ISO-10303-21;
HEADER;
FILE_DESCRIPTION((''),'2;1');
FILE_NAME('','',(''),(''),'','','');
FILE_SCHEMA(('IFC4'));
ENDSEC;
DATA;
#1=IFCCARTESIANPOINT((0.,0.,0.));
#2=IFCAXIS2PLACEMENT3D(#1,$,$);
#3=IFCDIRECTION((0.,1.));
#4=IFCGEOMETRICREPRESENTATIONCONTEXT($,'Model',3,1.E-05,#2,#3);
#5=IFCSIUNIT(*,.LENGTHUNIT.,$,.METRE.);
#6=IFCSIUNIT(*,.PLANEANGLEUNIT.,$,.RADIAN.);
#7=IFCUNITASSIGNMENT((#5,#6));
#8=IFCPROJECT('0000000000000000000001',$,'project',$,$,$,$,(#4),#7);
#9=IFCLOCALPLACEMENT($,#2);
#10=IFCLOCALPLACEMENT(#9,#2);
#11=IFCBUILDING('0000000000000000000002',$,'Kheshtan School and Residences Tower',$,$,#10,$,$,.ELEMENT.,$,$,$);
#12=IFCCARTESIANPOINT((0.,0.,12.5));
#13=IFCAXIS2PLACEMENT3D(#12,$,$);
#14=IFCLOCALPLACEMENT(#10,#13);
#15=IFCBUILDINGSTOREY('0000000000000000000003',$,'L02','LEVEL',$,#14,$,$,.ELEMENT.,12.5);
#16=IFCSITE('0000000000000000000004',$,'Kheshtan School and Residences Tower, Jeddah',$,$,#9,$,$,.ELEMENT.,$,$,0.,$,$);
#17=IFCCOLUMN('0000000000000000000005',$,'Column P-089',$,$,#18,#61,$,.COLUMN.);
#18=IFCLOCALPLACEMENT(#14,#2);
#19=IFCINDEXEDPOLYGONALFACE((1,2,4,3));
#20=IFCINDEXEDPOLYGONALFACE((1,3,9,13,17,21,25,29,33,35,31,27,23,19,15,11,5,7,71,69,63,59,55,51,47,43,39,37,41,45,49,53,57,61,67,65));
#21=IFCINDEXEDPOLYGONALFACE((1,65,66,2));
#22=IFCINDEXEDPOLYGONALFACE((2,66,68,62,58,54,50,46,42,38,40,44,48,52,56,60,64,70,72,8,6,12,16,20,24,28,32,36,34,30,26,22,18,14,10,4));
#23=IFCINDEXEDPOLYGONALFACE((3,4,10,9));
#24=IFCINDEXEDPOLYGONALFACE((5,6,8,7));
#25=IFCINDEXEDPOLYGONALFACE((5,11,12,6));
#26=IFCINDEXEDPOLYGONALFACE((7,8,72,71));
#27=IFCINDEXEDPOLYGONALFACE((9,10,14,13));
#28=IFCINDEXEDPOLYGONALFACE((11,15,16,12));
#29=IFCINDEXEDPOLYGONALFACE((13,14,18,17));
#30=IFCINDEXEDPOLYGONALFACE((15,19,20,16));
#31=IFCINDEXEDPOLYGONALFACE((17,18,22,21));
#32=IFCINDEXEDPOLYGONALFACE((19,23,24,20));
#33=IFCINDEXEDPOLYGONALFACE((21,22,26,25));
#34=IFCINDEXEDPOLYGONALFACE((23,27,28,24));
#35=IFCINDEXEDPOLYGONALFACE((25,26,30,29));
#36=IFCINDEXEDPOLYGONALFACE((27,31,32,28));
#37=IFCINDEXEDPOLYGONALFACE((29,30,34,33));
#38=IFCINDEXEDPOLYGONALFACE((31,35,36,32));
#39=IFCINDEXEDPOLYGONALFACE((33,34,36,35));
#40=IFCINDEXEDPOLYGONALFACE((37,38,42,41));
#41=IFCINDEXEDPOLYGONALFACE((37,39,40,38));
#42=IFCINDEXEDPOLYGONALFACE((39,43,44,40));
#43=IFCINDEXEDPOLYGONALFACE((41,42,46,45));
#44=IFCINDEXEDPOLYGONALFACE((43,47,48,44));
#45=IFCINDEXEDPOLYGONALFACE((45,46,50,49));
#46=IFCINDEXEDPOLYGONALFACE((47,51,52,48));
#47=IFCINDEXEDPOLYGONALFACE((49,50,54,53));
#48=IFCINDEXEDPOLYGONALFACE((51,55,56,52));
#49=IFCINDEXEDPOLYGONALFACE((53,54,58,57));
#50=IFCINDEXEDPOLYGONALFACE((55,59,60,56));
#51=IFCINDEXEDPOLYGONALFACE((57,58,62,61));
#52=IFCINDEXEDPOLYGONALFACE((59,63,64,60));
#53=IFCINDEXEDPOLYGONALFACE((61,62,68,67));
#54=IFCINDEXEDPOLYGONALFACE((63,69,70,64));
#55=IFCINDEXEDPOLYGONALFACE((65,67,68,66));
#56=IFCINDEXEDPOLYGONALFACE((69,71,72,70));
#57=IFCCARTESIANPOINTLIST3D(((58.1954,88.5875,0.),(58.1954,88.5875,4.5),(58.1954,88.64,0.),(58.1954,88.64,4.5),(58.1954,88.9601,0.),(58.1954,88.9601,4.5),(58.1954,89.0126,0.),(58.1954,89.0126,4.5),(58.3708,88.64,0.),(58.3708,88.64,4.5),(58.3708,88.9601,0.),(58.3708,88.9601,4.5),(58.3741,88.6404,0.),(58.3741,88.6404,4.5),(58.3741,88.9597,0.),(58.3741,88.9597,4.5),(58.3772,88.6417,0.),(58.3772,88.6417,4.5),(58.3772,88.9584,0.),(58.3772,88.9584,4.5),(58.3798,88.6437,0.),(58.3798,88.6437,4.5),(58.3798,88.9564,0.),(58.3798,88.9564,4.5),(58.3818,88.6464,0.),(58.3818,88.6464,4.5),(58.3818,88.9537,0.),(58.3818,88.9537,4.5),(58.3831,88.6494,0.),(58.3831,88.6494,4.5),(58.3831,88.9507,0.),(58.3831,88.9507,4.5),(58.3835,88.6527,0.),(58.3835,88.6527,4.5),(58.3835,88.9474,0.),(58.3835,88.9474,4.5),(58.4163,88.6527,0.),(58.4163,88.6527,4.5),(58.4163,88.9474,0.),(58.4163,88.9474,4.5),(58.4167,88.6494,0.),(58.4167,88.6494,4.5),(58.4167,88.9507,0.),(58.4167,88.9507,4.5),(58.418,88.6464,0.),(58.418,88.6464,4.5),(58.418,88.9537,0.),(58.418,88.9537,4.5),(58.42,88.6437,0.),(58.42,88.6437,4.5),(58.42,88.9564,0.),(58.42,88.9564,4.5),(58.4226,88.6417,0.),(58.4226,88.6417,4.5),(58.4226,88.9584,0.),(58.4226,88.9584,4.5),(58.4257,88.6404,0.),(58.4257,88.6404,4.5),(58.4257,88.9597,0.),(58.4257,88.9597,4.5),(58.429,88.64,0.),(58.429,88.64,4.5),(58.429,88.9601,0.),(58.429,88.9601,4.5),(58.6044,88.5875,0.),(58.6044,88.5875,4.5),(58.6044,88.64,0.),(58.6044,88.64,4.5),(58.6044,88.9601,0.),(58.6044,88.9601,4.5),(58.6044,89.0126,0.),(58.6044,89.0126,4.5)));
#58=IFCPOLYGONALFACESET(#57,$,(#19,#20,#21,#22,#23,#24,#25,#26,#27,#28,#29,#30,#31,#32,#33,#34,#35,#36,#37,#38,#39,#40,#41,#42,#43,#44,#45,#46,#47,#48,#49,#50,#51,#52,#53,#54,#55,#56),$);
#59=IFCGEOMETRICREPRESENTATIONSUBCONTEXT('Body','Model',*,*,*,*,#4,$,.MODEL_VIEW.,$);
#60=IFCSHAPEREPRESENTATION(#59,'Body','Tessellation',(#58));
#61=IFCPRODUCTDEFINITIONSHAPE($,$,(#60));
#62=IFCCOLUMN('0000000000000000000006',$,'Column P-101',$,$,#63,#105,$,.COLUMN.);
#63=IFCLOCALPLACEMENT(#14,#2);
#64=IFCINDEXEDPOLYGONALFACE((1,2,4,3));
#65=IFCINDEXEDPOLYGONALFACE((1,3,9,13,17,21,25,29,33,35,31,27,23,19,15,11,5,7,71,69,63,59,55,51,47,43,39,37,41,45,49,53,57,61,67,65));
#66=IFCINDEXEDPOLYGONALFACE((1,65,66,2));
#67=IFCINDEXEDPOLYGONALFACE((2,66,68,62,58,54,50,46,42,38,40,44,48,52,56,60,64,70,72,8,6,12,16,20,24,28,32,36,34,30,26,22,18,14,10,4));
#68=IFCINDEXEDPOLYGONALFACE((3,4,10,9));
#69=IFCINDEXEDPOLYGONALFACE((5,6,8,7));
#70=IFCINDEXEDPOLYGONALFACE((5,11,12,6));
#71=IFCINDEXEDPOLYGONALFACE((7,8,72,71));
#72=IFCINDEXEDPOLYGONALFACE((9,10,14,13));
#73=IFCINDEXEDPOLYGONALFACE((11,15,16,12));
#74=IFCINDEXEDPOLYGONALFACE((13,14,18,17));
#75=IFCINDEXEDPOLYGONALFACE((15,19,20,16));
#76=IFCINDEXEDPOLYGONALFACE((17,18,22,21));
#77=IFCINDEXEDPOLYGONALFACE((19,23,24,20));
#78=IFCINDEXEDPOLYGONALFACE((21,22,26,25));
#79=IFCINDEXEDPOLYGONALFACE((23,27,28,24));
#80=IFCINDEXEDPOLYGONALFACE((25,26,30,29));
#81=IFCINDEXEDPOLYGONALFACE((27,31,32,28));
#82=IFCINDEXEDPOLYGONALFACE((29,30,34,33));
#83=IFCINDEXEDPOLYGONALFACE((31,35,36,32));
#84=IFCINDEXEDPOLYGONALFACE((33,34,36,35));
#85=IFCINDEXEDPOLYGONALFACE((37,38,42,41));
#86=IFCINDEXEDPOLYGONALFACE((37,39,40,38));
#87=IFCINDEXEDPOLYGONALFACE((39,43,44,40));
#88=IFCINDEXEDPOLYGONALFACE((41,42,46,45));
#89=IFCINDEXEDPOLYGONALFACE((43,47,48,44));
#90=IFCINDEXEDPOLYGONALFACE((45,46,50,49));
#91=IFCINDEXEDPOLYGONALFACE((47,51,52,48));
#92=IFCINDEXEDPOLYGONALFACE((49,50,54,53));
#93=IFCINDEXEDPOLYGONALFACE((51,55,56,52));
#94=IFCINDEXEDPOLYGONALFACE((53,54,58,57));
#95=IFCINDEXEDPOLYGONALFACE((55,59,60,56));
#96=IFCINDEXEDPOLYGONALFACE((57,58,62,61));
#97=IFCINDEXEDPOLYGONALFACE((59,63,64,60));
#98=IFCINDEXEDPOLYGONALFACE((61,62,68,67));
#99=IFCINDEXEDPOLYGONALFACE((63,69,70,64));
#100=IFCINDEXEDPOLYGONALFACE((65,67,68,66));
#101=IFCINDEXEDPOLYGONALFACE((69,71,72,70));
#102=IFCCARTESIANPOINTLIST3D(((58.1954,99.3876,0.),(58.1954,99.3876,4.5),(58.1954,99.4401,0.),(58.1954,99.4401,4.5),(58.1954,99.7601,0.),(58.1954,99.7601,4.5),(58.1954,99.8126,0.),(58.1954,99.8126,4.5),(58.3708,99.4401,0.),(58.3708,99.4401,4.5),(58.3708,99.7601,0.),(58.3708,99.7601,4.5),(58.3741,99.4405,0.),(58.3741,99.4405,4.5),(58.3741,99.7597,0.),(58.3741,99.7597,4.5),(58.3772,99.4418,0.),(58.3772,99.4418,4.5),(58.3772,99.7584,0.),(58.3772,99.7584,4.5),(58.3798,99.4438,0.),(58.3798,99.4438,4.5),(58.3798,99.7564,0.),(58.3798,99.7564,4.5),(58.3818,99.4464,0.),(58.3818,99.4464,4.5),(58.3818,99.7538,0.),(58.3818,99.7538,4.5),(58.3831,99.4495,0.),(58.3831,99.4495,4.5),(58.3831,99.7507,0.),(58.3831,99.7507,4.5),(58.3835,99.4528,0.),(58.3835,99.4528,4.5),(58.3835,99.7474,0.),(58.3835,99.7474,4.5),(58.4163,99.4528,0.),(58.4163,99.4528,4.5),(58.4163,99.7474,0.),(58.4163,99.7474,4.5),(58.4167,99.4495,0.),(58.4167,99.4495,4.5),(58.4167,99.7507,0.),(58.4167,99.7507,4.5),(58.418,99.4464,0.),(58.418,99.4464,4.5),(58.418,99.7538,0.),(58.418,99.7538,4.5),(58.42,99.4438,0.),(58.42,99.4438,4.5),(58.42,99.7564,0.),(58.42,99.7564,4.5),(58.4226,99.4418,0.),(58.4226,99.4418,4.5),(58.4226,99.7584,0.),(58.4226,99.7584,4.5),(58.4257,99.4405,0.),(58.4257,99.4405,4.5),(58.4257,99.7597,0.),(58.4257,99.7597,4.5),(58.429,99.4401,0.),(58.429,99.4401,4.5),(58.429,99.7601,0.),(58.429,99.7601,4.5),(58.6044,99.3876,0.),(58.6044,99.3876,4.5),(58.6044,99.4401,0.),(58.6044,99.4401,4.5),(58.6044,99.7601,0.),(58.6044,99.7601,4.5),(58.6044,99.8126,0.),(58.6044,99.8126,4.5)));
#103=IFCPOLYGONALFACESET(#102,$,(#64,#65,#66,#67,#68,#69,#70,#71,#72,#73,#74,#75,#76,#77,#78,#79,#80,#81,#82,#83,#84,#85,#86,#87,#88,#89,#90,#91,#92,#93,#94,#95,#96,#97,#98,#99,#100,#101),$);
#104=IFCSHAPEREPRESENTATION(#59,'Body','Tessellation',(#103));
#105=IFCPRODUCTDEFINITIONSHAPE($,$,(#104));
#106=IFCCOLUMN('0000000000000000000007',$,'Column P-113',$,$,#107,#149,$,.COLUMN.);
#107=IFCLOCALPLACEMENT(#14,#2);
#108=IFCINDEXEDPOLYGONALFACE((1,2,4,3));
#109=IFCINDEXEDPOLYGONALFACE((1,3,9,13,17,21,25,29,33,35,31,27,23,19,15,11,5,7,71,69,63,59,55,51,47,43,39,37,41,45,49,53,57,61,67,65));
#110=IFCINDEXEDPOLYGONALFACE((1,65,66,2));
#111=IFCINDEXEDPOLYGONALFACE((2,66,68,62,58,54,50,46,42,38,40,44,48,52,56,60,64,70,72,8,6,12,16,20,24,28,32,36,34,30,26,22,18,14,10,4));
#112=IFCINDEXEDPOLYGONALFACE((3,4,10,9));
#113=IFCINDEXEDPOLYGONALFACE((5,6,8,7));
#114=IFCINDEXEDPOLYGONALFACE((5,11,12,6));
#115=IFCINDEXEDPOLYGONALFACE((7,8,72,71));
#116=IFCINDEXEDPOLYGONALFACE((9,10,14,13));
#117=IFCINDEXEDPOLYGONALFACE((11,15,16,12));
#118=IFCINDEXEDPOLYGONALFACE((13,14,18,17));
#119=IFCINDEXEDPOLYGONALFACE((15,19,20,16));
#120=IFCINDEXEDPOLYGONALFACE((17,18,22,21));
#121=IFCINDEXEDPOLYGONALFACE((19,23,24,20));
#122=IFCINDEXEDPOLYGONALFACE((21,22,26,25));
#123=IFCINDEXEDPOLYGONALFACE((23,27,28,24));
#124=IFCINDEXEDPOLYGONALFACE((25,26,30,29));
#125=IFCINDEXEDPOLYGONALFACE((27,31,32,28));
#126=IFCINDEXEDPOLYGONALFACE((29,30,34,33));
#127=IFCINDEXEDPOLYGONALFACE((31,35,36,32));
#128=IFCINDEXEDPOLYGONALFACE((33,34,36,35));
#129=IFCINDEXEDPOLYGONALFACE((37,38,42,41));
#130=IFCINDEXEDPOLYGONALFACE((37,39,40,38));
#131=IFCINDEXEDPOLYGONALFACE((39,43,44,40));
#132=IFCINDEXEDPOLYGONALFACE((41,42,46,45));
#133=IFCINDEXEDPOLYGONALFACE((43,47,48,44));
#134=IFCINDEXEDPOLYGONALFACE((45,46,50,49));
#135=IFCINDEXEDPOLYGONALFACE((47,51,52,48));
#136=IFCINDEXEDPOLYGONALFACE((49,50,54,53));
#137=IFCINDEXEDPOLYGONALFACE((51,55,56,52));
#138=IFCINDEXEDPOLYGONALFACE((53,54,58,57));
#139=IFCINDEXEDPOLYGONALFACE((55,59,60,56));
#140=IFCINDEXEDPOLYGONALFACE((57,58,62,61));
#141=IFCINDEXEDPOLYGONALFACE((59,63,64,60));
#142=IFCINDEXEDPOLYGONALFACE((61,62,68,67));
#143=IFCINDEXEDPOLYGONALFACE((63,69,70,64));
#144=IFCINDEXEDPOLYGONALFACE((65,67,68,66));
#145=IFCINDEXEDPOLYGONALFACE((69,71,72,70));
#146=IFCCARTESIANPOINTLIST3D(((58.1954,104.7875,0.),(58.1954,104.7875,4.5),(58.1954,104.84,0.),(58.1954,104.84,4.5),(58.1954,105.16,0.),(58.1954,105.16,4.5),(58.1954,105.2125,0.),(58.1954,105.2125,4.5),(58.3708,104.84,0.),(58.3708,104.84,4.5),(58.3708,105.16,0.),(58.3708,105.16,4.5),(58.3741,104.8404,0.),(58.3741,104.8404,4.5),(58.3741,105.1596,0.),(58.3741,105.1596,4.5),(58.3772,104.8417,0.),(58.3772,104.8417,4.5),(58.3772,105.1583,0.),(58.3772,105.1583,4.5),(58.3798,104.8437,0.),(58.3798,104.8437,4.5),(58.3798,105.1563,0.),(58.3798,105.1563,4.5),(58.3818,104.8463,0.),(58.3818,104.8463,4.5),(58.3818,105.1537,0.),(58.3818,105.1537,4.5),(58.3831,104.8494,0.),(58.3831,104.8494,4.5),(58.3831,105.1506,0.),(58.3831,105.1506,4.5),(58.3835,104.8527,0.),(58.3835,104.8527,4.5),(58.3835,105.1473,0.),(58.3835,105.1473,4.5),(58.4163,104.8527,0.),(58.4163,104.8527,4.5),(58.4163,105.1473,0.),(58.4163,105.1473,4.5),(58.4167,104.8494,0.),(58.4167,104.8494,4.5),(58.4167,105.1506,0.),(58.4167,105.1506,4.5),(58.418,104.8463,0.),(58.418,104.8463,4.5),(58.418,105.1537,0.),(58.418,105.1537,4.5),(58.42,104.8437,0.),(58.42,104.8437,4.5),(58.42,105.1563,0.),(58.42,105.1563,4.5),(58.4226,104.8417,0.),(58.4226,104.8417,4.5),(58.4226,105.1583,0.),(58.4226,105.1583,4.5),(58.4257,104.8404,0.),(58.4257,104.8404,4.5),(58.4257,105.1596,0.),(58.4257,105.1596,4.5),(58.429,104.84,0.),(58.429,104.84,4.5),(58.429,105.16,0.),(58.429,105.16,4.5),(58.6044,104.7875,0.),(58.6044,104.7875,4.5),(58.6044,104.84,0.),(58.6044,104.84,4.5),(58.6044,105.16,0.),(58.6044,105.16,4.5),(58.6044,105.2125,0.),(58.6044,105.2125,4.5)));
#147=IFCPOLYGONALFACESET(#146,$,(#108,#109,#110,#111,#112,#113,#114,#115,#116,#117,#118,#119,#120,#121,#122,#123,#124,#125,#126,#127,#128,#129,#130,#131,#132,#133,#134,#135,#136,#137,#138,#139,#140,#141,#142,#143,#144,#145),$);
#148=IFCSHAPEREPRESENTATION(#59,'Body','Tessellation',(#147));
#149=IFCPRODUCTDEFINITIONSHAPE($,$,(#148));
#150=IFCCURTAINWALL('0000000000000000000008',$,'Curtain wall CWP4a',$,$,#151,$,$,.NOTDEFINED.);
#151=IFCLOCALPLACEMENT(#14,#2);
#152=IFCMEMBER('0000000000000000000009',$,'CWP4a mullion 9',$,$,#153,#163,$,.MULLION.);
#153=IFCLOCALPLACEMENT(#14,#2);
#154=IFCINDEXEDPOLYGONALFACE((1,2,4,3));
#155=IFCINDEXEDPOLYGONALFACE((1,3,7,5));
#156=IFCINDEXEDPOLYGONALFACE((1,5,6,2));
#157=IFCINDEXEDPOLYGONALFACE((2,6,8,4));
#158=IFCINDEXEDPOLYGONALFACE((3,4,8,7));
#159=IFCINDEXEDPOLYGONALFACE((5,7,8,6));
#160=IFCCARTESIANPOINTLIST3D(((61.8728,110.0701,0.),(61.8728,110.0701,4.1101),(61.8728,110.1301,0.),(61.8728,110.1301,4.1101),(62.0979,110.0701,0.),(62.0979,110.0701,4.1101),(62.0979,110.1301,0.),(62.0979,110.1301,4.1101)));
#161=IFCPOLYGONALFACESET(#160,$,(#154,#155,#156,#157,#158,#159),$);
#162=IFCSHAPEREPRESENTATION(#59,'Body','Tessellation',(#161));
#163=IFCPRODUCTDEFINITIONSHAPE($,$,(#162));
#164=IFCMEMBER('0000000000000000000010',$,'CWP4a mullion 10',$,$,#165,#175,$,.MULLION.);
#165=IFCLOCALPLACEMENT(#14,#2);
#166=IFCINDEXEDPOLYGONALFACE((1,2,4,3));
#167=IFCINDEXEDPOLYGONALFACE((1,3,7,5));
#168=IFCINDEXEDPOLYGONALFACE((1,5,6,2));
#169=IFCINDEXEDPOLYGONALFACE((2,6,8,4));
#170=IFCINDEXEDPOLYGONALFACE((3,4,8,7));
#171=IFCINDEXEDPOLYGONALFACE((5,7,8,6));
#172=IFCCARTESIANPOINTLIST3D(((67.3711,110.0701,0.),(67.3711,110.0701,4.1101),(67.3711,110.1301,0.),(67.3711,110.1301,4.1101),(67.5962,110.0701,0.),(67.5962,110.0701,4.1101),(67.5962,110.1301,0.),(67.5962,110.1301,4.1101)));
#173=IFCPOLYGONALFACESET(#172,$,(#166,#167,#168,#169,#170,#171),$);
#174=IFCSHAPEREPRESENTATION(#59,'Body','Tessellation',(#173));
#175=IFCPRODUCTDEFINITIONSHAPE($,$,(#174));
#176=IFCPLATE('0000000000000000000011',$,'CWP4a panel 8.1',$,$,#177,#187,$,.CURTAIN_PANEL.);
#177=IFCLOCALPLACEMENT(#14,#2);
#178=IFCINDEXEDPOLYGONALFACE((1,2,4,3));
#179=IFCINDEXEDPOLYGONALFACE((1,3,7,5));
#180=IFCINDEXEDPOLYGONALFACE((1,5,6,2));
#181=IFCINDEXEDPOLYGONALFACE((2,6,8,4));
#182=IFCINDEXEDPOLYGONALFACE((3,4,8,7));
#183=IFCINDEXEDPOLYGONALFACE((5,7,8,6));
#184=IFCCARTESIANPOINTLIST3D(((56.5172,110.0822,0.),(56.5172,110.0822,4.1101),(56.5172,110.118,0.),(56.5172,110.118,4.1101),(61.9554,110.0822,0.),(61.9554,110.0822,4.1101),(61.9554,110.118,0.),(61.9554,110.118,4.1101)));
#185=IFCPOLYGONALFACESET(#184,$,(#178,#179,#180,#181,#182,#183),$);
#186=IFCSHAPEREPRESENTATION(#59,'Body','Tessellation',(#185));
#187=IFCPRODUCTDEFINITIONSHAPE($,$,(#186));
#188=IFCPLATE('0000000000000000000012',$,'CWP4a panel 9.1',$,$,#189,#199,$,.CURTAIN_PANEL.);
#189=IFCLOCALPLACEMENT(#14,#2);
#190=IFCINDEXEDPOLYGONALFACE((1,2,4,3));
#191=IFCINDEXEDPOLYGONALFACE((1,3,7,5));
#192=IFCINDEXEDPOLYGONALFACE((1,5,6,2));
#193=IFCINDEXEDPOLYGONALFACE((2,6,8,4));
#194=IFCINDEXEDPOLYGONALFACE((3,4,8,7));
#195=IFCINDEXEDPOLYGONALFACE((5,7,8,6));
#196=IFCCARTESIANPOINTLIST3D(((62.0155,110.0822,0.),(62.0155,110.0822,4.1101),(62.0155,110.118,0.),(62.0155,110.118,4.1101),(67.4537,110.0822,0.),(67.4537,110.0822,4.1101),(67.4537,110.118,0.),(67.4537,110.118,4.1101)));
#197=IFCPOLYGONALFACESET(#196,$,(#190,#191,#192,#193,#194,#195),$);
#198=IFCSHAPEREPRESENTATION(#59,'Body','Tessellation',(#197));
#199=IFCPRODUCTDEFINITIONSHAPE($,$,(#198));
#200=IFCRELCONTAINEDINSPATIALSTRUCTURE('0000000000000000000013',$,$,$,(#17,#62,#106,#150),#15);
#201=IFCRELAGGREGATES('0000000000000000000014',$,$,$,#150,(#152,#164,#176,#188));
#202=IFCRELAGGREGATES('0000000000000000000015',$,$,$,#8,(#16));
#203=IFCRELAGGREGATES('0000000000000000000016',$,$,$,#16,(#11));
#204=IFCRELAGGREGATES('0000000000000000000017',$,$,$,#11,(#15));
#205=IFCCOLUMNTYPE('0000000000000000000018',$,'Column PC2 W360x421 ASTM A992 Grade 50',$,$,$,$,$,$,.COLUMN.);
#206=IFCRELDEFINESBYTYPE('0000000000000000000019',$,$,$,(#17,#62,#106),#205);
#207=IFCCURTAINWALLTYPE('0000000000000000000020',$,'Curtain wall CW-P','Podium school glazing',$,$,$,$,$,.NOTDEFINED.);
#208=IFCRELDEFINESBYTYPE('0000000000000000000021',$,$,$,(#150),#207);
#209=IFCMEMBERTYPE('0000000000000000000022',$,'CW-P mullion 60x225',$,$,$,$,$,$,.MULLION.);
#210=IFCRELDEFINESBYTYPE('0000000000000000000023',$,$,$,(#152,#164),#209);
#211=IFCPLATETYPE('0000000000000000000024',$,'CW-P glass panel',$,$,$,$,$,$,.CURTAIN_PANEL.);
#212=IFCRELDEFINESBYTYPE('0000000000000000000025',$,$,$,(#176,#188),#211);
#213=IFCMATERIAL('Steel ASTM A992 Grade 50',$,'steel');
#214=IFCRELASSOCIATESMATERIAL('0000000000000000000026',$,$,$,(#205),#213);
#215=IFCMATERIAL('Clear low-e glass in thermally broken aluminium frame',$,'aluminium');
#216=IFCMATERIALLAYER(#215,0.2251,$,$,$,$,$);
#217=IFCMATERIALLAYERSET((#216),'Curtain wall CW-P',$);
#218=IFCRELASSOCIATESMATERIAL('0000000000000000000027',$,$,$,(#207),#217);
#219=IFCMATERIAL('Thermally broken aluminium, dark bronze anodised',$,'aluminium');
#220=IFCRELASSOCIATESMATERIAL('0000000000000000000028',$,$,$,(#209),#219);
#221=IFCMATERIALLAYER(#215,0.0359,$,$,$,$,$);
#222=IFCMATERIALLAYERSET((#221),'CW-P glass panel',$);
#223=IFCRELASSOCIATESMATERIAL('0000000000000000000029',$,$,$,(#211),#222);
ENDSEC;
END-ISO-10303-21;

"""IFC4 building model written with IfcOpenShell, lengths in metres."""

from ifc_helpers import new_model, si_unit, direction, frame, origin, origin_2d, place, context, subcontext, project, spatial, rectangle, i_section, extrude, material, layer, layer_set, material_profile, profile_set, type_object, element, aggregate, save


model = new_model("IFC4")

# Units and contexts
model_context = context("Model", 3, precision=1e-05, world=origin(), true_north=direction((0.0, 1.0)))
body_context = subcontext(model_context, "Body", "Model", "MODEL_VIEW")
ifc_project = project(units=[si_unit("LENGTHUNIT", "METRE"), si_unit("PLANEANGLEUNIT", "RADIAN")], contexts=[model_context])

# Site, building, storey
site_placement = place(None, origin())
site = spatial("IfcSite", under=ifc_project, at=site_placement, Name="Kheshtan School and Residences Tower, Jeddah", CompositionType="ELEMENT", RefElevation=0.0)
building_placement = place(site_placement, origin())
building = spatial("IfcBuilding", under=site, at=building_placement, Name="Kheshtan School and Residences Tower", CompositionType="ELEMENT")
storey_placement = place(building_placement, frame((0.0, 0.0, 12.5)))
storey = spatial("IfcBuildingStorey", under=building, at=storey_placement, Name="L02", Description="LEVEL", CompositionType="ELEMENT", Elevation=12.5)

# Columns
ifc_material_1 = material(Name="Steel ASTM A992 Grade 50", Category="steel")
ifc_material_profile_1 = material_profile(ifc_material_1, i_section(OverallWidth=0.4089, OverallDepth=0.425, WebThickness=0.0327, FlangeThickness=0.0525, FilletRadius=0.0127, at=origin_2d()), Name="W360x421")
ifc_profile_set_1 = profile_set([ifc_material_profile_1], Name="Steel ASTM A992 Grade 50")
column_type = type_object("IfcColumnType", Name="Column PC2 W360x421 ASTM A992 Grade 50", PredefinedType="COLUMN", material=ifc_profile_set_1)
for number, where, z_axis, x_axis, name in (
    (1, (58.3999, 88.8, 0.0), (0.0, 0.0, 1.0), (1.0, 0.0, 0.0), "Column P-089"),
    (2, (58.3999, 99.6001, 0.0), (0.0, 0.0, 1.0), (1.0, 0.0, 0.0), "Column P-101"),
    (3, (58.3999, 105.0, 0.0), (0.0, 0.0, 1.0), (1.0, 0.0, 0.0), "Column P-113"),
):
    element("IfcColumn", number, at=place(storey_placement, frame(where, z_axis=z_axis, x_axis=x_axis)), inside=storey, type_object=column_type, Name=name, PredefinedType="COLUMN", context=body_context, shape_type="SweptSolid", body=[
        extrude(i_section(OverallWidth=0.4089, OverallDepth=0.425, WebThickness=0.0327, FlangeThickness=0.0525, FilletRadius=0.0127, at=origin_2d()), origin(), (0.0, 0.0, 1.0), 4.5),
    ])

# Curtain wall, members, plates
ifc_material_2 = material(Name="Clear low-e glass in thermally broken aluminium frame", Category="aluminium")
ifc_layer_1 = layer(ifc_material_2, 0.2251)
ifc_layer_set_1 = layer_set([ifc_layer_1], Name="Curtain wall CW-P")
curtain_wall_type = type_object("IfcCurtainWallType", Name="Curtain wall CW-P", Description="Podium school glazing", PredefinedType="NOTDEFINED", material=ifc_layer_set_1)
curtain_wall_placement = place(storey_placement, origin())
curtain_wall = element("IfcCurtainWall", 4, at=curtain_wall_placement, inside=storey, type_object=curtain_wall_type, Name="Curtain wall CWP4a", PredefinedType="NOTDEFINED")
ifc_material_3 = material(Name="Thermally broken aluminium, dark bronze anodised", Category="aluminium")
ifc_material_profile_2 = material_profile(ifc_material_3, rectangle(XDim=0.0601, YDim=0.2251, at=origin_2d()), Name="CW-P mullion 60x225")
ifc_profile_set_2 = profile_set([ifc_material_profile_2], Name="Thermally broken aluminium, dark bronze anodised")
member_type = type_object("IfcMemberType", Name="CW-P mullion 60x225", PredefinedType="MULLION", material=ifc_profile_set_2)
member_1_placement = place(storey_placement, frame((61.9854, 110.1001, 0.0), z_axis=(0.0, 0.0, 1.0), x_axis=(0.0, 1.0, 0.0)))
member_1 = element("IfcMember", 5, at=member_1_placement, type_object=member_type, Name="CWP4a mullion 9", PredefinedType="MULLION", context=body_context, shape_type="SweptSolid", body=[
    extrude(rectangle(XDim=0.0601, YDim=0.2251, at=origin_2d()), origin(), (0.0, 0.0, 1.0), 4.1101),
])
member_2_placement = place(storey_placement, frame((67.4836, 110.1001, 0.0), z_axis=(0.0, 0.0, 1.0), x_axis=(0.0, 1.0, 0.0)))
member_2 = element("IfcMember", 6, at=member_2_placement, type_object=member_type, Name="CWP4a mullion 10", PredefinedType="MULLION", context=body_context, shape_type="SweptSolid", body=[
    extrude(rectangle(XDim=0.0601, YDim=0.2251, at=origin_2d()), origin(), (0.0, 0.0, 1.0), 4.1101),
])
ifc_layer_2 = layer(ifc_material_2, 0.0359)
ifc_layer_set_2 = layer_set([ifc_layer_2], Name="CW-P glass panel")
plate_type = type_object("IfcPlateType", Name="CW-P glass panel", PredefinedType="CURTAIN_PANEL", material=ifc_layer_set_2)
plate_1_placement = place(storey_placement, frame((59.2363, 110.1001, 0.0), z_axis=(0.0, 0.0, 1.0), x_axis=(1.0, 0.0, 0.0)))
plate_1 = element("IfcPlate", 7, at=plate_1_placement, type_object=plate_type, Name="CWP4a panel 8.1", PredefinedType="CURTAIN_PANEL", context=body_context, shape_type="SweptSolid", body=[
    extrude(rectangle(XDim=5.4382, YDim=0.0359, at=origin_2d()), origin(), (0.0, 0.0, 1.0), 4.1101),
])
plate_2_placement = place(storey_placement, frame((64.7346, 110.1001, 0.0), z_axis=(0.0, 0.0, 1.0), x_axis=(1.0, 0.0, 0.0)))
plate_2 = element("IfcPlate", 8, at=plate_2_placement, type_object=plate_type, Name="CWP4a panel 9.1", PredefinedType="CURTAIN_PANEL", context=body_context, shape_type="SweptSolid", body=[
    extrude(rectangle(XDim=5.4382, YDim=0.0359, at=origin_2d()), origin(), (0.0, 0.0, 1.0), 4.1101),
])
aggregate(curtain_wall, [member_1, member_2, plate_1, plate_2])

save(model, "model.ifc")
